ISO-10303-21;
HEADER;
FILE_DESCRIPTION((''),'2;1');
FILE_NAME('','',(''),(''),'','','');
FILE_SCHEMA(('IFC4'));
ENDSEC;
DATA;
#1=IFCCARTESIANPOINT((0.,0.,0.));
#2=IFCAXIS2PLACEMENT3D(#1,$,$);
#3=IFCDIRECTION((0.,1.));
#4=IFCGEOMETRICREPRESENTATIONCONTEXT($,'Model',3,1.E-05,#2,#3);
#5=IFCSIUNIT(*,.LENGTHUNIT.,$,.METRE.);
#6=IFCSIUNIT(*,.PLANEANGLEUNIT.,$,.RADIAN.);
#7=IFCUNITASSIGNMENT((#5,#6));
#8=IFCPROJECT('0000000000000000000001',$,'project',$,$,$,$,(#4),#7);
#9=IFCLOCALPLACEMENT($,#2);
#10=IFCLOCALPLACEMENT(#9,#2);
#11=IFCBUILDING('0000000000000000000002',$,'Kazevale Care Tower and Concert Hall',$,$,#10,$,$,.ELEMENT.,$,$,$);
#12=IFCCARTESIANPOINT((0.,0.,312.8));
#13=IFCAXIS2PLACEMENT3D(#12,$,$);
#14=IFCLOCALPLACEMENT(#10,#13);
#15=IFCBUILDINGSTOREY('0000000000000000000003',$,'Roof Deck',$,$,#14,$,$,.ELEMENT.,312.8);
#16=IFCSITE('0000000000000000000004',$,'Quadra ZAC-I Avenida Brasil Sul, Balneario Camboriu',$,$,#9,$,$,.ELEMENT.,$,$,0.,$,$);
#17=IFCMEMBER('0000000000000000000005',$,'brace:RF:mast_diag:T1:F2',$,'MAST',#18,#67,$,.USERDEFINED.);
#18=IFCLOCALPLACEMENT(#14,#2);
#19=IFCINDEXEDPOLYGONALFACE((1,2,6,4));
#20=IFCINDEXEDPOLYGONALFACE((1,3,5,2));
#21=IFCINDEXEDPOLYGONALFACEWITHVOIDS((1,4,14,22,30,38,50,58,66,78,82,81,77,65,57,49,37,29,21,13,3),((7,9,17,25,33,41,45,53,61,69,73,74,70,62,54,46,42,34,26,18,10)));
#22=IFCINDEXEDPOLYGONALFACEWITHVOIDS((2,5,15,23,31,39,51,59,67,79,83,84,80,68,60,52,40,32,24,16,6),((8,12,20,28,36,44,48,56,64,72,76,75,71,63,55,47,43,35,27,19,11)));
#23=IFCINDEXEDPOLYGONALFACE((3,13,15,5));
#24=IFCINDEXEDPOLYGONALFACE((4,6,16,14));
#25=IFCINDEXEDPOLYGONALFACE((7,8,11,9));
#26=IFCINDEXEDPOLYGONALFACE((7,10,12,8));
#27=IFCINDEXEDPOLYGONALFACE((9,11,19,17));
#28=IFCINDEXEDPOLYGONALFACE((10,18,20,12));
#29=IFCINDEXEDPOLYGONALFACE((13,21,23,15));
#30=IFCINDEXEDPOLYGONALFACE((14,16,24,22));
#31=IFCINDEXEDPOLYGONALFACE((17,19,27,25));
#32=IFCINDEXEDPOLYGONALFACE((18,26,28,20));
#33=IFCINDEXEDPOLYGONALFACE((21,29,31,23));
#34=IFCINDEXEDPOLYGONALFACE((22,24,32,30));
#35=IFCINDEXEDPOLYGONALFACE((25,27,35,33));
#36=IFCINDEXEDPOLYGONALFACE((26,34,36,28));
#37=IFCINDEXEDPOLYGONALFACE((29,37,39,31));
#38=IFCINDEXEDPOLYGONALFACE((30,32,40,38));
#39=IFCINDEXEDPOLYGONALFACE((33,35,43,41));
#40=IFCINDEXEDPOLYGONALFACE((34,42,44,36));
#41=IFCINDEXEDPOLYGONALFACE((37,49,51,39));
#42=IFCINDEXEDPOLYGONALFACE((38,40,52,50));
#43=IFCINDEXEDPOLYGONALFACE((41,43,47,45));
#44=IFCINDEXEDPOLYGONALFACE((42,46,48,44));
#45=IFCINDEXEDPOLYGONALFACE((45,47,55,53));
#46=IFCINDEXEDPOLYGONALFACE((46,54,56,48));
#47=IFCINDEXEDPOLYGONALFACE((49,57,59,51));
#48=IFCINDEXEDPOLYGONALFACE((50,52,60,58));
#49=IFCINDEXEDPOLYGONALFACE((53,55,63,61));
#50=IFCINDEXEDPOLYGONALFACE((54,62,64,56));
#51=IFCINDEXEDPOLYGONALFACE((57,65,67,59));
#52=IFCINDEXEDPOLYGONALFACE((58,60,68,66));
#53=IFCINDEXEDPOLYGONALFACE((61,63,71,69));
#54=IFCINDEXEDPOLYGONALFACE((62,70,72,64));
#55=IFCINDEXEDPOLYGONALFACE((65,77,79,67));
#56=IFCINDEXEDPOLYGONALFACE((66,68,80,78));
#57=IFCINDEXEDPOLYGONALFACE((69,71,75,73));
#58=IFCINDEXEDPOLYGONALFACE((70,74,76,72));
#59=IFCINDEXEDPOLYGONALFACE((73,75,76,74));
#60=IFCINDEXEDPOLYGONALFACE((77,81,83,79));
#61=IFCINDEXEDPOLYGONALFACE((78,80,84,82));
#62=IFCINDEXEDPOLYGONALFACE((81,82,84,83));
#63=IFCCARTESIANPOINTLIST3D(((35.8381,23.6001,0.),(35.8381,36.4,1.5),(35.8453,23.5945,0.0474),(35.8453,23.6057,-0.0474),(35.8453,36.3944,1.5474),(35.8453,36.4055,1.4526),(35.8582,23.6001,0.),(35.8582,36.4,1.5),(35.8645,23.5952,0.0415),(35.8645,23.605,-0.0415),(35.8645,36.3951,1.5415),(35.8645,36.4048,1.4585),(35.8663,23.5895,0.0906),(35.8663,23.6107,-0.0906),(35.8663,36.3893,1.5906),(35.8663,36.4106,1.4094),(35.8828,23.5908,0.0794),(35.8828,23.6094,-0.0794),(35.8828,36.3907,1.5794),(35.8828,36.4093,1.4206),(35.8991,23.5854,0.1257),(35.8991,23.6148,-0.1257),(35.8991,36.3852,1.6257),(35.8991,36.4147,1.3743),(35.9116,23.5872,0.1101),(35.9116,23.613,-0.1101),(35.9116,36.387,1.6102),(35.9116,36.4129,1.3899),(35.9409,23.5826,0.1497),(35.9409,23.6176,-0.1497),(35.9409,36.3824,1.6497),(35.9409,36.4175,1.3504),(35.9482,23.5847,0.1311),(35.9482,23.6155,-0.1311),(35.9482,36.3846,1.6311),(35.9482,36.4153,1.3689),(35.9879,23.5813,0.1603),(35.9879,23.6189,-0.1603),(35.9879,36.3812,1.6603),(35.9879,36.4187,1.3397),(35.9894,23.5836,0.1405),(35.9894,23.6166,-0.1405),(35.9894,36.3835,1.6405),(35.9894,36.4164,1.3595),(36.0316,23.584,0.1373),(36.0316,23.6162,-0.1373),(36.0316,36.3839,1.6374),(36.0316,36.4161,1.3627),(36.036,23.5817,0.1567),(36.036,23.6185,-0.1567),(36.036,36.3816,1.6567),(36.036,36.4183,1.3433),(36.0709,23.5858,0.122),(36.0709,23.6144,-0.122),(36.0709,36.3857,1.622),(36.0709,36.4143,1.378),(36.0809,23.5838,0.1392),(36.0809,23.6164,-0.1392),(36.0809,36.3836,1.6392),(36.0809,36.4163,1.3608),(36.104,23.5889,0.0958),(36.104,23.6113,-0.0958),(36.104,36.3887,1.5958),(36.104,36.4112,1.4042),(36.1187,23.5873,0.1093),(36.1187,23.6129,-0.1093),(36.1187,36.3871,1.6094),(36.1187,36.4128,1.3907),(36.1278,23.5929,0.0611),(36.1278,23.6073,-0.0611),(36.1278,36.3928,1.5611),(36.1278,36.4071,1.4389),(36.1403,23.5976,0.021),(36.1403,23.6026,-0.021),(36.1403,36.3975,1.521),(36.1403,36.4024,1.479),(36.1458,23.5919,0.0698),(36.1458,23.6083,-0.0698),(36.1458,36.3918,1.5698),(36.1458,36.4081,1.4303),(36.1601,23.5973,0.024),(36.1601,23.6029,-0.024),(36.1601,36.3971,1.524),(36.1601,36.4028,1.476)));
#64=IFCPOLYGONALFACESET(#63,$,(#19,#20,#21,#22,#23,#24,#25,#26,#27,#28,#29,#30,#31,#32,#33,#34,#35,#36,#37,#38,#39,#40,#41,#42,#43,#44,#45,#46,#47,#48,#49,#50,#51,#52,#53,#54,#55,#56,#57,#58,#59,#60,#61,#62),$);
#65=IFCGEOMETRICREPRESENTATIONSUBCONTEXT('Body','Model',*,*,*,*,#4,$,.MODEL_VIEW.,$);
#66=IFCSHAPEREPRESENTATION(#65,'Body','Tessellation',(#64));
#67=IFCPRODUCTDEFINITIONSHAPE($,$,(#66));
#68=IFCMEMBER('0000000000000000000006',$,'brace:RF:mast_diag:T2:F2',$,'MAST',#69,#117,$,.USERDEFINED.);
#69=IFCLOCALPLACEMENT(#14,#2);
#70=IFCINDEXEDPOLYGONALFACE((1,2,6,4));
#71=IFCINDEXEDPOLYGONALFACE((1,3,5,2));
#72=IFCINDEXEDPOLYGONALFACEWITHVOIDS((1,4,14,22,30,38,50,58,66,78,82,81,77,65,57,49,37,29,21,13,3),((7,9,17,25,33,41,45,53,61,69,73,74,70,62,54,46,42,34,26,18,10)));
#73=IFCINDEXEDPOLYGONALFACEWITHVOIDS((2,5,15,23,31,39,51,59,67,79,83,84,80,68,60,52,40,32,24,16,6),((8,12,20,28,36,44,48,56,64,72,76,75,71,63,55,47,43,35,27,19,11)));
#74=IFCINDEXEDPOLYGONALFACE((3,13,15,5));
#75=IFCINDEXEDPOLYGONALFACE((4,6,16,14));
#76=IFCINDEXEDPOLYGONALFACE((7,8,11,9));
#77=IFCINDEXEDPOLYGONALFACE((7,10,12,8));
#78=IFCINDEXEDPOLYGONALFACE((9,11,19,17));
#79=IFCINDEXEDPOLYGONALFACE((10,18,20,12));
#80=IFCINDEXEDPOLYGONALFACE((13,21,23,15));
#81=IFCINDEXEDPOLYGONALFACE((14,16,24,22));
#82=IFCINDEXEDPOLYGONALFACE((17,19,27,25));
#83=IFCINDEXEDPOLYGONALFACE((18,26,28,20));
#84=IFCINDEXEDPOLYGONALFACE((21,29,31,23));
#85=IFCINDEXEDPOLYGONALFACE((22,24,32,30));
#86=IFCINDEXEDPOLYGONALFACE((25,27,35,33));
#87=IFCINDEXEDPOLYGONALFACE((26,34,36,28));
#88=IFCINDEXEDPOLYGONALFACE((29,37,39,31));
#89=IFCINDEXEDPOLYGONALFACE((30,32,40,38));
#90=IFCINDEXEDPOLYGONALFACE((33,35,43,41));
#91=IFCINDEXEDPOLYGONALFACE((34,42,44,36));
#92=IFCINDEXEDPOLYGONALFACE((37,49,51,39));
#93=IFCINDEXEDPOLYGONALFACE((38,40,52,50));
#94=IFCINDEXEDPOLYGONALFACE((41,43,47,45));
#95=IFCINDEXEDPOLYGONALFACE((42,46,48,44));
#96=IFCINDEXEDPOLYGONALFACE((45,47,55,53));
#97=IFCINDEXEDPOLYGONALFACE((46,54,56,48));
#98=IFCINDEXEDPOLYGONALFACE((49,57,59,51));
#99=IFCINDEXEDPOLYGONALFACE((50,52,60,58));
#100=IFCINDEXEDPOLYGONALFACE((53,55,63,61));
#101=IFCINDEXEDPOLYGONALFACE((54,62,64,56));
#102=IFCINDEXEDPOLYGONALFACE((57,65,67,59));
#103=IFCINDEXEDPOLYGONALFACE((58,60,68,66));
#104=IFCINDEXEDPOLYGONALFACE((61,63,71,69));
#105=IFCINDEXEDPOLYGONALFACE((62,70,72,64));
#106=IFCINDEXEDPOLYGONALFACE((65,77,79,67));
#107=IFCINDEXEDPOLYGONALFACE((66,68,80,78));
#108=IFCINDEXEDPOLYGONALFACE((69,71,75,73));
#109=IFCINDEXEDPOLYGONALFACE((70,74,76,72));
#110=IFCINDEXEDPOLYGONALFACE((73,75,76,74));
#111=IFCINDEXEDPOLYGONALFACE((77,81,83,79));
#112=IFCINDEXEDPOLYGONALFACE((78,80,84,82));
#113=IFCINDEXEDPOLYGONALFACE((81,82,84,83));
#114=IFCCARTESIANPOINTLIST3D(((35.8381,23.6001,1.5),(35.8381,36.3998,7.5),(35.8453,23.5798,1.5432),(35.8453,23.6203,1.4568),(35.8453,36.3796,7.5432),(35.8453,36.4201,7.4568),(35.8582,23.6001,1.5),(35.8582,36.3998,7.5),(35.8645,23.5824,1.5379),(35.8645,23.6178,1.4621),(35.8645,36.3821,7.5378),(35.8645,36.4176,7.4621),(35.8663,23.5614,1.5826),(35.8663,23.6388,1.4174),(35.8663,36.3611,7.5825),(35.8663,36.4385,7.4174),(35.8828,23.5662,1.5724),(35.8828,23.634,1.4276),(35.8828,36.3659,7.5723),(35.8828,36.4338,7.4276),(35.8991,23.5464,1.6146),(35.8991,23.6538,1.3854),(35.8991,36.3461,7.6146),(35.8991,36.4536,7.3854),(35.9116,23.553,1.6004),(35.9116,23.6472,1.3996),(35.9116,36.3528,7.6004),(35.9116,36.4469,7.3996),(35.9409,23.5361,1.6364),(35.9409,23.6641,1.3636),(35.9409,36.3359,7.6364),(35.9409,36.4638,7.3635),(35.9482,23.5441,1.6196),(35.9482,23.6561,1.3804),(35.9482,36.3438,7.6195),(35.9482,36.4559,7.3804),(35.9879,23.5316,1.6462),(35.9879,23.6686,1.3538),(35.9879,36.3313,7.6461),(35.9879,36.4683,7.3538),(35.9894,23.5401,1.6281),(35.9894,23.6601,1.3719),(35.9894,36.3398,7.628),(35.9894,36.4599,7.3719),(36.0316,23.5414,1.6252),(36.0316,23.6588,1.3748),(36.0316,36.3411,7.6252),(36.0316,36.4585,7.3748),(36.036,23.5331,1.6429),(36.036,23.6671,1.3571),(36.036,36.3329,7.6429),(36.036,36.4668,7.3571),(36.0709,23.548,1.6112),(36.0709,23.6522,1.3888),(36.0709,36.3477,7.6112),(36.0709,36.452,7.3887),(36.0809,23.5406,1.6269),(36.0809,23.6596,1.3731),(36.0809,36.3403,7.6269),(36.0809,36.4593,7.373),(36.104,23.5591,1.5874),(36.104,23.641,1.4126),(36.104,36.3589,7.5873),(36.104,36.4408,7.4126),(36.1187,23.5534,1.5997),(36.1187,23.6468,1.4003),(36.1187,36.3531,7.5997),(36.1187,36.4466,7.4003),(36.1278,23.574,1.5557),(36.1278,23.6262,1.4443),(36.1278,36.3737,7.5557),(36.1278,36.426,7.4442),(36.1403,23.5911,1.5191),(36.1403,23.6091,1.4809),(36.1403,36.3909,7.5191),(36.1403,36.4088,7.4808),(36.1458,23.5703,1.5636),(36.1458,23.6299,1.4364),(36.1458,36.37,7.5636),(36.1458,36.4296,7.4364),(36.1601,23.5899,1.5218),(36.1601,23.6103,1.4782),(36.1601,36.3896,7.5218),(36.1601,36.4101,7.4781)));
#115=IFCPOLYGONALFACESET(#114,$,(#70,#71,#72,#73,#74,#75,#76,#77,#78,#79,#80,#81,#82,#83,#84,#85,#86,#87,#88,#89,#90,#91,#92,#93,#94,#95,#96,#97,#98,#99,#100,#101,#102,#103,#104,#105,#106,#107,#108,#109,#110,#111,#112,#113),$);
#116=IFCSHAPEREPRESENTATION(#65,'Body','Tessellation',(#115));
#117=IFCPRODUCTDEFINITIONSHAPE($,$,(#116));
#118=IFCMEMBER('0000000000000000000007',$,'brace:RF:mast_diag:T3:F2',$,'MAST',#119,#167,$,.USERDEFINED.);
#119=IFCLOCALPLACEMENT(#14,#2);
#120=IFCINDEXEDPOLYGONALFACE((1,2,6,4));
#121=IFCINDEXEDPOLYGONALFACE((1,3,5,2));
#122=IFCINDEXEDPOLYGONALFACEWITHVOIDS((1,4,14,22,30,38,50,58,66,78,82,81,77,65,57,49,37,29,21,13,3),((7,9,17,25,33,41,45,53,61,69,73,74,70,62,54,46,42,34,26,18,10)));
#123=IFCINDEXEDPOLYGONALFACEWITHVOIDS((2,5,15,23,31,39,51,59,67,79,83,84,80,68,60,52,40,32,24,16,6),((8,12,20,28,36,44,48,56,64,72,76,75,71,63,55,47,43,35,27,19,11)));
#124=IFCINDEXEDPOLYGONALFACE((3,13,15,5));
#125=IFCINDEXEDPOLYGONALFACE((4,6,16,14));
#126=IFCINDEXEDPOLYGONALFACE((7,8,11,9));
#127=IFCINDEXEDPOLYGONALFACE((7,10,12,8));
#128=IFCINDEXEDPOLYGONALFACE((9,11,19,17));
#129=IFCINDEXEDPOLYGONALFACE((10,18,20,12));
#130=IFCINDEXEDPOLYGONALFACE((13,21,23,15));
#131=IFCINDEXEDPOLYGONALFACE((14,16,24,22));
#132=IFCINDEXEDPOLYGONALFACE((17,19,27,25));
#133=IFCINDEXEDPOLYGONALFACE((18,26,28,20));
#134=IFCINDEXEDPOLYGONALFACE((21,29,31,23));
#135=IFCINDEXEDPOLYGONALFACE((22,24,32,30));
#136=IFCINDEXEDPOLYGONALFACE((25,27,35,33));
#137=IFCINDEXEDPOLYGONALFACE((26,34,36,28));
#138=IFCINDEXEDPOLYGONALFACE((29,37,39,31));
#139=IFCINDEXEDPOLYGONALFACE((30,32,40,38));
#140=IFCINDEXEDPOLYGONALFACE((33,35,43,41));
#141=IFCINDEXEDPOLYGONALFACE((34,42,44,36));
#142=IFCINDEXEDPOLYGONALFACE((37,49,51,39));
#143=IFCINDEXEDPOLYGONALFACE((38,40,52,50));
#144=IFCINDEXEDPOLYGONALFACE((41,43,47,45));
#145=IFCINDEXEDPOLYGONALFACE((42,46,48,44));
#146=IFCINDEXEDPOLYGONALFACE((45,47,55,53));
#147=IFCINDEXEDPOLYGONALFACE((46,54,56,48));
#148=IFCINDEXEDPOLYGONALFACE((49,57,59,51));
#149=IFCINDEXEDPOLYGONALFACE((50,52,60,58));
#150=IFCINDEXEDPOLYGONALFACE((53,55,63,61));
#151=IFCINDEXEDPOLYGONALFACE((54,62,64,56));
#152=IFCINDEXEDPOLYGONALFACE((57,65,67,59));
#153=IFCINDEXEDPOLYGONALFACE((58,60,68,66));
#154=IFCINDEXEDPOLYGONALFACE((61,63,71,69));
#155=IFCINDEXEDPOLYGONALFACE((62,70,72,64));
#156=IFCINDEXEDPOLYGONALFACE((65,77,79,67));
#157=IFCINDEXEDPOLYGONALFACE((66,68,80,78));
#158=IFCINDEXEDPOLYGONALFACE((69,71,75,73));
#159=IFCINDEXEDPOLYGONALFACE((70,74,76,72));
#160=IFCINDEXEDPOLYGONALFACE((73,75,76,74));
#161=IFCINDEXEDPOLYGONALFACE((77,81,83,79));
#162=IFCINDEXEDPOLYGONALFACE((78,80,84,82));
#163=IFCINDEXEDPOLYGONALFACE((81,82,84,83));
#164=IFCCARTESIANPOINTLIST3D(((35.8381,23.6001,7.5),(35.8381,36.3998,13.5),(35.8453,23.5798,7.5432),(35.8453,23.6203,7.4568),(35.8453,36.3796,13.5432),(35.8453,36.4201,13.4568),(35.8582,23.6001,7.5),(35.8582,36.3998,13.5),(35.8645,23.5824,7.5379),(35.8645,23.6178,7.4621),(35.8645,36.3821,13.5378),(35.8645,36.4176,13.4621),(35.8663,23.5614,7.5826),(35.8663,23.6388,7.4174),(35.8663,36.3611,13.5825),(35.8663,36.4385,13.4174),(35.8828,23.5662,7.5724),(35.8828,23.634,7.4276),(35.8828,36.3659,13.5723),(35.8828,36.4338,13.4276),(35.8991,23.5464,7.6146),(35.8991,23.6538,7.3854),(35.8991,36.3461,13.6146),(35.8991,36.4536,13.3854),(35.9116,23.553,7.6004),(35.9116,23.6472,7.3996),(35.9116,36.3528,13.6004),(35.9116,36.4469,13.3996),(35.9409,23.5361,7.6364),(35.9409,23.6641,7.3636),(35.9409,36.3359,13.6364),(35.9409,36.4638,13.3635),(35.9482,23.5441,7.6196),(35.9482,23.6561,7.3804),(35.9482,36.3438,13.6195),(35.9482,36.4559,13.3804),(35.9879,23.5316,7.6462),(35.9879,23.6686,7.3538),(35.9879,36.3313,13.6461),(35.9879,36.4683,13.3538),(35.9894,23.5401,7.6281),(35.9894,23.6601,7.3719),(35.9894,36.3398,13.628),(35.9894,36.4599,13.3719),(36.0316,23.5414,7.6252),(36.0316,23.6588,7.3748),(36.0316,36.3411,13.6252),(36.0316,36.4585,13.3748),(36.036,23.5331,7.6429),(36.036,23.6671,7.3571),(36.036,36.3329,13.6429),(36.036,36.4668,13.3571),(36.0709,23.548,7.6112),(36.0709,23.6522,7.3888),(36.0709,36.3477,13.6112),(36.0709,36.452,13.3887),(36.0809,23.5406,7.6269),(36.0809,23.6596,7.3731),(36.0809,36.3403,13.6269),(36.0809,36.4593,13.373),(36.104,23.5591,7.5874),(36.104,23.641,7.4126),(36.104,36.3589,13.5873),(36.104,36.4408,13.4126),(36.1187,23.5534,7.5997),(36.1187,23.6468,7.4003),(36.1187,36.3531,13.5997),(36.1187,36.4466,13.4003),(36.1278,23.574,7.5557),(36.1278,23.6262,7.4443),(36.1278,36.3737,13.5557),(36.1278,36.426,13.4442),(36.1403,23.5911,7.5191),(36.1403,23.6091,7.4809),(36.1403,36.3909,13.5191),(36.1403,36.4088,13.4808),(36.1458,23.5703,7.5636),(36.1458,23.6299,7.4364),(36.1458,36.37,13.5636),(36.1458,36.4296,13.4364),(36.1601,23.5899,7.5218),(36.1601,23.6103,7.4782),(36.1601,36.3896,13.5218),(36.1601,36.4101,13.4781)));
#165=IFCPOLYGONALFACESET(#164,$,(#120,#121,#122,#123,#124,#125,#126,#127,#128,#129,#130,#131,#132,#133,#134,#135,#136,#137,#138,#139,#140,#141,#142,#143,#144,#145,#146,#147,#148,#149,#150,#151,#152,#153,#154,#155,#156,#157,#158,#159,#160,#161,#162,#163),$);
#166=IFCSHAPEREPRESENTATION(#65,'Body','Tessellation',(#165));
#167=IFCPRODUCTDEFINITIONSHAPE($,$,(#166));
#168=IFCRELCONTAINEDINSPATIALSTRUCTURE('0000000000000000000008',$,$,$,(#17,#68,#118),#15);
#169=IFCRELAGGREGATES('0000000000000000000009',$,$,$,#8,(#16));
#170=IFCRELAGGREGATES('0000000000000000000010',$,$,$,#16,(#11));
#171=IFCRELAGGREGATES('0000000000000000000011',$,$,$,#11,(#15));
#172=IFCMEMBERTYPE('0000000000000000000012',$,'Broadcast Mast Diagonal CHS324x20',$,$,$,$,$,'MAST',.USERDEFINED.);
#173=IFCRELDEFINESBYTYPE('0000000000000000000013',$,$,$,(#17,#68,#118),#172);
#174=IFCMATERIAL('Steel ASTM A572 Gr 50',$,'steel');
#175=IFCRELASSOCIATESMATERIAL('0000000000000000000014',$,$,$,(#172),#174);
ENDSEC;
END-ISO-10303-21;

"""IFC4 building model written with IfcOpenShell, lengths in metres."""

from ifc_helpers import new_model, si_unit, direction, frame, origin, origin_2d, place, context, subcontext, project, spatial, hollow_circle, extrude, material, material_profile, profile_set, type_object, element, save


model = new_model("IFC4")

# Units and contexts
model_context = context("Model", 3, precision=1e-05, world=origin(), true_north=direction((0.0, 1.0)))
body_context = subcontext(model_context, "Body", "Model", "MODEL_VIEW")
ifc_project = project(units=[si_unit("LENGTHUNIT", "METRE"), si_unit("PLANEANGLEUNIT", "RADIAN")], contexts=[model_context])

# Site, building, storey
site_placement = place(None, origin())
site = spatial("IfcSite", under=ifc_project, at=site_placement, Name="Quadra ZAC-I Avenida Brasil Sul, Balneario Camboriu", CompositionType="ELEMENT", RefElevation=0.0)
building_placement = place(site_placement, origin())
building = spatial("IfcBuilding", under=site, at=building_placement, Name="Kazevale Care Tower and Concert Hall", CompositionType="ELEMENT")
storey_placement = place(building_placement, frame((0.0, 0.0, 312.8)))
storey = spatial("IfcBuildingStorey", under=building, at=storey_placement, Name="Roof Deck", CompositionType="ELEMENT", Elevation=312.8)

# Shared definitions
ifc_material_1 = material(Name="Steel ASTM A572 Gr 50", Category="steel")

# Members
ifc_material_profile_1 = material_profile(ifc_material_1, hollow_circle(Radius=0.1619, WallThickness=0.02, at=origin_2d()), Name="CHS324x20")
ifc_profile_set_1 = profile_set([ifc_material_profile_1], Name="Steel ASTM A572 Gr 50")
member_type = type_object("IfcMemberType", Name="Broadcast Mast Diagonal CHS324x20", ElementType="MAST", PredefinedType="USERDEFINED", material=ifc_profile_set_1)
member_1_placement = place(storey_placement, frame((36.0, 23.6001, 0.0), z_axis=(0.0, 0.993203, 0.116393), x_axis=(-1.0, 0.0, 0.0)))
element("IfcMember", 1, at=member_1_placement, inside=storey, type_object=member_type, Name="brace:RF:mast_diag:T1:F2", ObjectType="MAST", PredefinedType="USERDEFINED", context=body_context, shape_type="SweptSolid", body=[
    extrude(hollow_circle(Radius=0.1619, WallThickness=0.02, at=origin_2d()), origin(), (0.0, 0.0, 1.0), 12.8875),
])
for number, where, z_axis, x_axis, name in (
    (2, (36.0, 23.6001, 1.5), (0.0, 0.905456, 0.424439), (-1.0, 0.0, 0.0), "brace:RF:mast_diag:T2:F2"),
    (3, (36.0, 23.6001, 7.5), (0.0, 0.905456, 0.424439), (-1.0, 0.0, 0.0), "brace:RF:mast_diag:T3:F2"),
):
    element("IfcMember", number, at=place(storey_placement, frame(where, z_axis=z_axis, x_axis=x_axis)), inside=storey, type_object=member_type, Name=name, ObjectType="MAST", PredefinedType="USERDEFINED", context=body_context, shape_type="SweptSolid", body=[
        extrude(hollow_circle(Radius=0.1619, WallThickness=0.02, at=origin_2d()), origin(), (0.0, 0.0, 1.0), 14.1362),
    ])

save(model, "model.ifc")
